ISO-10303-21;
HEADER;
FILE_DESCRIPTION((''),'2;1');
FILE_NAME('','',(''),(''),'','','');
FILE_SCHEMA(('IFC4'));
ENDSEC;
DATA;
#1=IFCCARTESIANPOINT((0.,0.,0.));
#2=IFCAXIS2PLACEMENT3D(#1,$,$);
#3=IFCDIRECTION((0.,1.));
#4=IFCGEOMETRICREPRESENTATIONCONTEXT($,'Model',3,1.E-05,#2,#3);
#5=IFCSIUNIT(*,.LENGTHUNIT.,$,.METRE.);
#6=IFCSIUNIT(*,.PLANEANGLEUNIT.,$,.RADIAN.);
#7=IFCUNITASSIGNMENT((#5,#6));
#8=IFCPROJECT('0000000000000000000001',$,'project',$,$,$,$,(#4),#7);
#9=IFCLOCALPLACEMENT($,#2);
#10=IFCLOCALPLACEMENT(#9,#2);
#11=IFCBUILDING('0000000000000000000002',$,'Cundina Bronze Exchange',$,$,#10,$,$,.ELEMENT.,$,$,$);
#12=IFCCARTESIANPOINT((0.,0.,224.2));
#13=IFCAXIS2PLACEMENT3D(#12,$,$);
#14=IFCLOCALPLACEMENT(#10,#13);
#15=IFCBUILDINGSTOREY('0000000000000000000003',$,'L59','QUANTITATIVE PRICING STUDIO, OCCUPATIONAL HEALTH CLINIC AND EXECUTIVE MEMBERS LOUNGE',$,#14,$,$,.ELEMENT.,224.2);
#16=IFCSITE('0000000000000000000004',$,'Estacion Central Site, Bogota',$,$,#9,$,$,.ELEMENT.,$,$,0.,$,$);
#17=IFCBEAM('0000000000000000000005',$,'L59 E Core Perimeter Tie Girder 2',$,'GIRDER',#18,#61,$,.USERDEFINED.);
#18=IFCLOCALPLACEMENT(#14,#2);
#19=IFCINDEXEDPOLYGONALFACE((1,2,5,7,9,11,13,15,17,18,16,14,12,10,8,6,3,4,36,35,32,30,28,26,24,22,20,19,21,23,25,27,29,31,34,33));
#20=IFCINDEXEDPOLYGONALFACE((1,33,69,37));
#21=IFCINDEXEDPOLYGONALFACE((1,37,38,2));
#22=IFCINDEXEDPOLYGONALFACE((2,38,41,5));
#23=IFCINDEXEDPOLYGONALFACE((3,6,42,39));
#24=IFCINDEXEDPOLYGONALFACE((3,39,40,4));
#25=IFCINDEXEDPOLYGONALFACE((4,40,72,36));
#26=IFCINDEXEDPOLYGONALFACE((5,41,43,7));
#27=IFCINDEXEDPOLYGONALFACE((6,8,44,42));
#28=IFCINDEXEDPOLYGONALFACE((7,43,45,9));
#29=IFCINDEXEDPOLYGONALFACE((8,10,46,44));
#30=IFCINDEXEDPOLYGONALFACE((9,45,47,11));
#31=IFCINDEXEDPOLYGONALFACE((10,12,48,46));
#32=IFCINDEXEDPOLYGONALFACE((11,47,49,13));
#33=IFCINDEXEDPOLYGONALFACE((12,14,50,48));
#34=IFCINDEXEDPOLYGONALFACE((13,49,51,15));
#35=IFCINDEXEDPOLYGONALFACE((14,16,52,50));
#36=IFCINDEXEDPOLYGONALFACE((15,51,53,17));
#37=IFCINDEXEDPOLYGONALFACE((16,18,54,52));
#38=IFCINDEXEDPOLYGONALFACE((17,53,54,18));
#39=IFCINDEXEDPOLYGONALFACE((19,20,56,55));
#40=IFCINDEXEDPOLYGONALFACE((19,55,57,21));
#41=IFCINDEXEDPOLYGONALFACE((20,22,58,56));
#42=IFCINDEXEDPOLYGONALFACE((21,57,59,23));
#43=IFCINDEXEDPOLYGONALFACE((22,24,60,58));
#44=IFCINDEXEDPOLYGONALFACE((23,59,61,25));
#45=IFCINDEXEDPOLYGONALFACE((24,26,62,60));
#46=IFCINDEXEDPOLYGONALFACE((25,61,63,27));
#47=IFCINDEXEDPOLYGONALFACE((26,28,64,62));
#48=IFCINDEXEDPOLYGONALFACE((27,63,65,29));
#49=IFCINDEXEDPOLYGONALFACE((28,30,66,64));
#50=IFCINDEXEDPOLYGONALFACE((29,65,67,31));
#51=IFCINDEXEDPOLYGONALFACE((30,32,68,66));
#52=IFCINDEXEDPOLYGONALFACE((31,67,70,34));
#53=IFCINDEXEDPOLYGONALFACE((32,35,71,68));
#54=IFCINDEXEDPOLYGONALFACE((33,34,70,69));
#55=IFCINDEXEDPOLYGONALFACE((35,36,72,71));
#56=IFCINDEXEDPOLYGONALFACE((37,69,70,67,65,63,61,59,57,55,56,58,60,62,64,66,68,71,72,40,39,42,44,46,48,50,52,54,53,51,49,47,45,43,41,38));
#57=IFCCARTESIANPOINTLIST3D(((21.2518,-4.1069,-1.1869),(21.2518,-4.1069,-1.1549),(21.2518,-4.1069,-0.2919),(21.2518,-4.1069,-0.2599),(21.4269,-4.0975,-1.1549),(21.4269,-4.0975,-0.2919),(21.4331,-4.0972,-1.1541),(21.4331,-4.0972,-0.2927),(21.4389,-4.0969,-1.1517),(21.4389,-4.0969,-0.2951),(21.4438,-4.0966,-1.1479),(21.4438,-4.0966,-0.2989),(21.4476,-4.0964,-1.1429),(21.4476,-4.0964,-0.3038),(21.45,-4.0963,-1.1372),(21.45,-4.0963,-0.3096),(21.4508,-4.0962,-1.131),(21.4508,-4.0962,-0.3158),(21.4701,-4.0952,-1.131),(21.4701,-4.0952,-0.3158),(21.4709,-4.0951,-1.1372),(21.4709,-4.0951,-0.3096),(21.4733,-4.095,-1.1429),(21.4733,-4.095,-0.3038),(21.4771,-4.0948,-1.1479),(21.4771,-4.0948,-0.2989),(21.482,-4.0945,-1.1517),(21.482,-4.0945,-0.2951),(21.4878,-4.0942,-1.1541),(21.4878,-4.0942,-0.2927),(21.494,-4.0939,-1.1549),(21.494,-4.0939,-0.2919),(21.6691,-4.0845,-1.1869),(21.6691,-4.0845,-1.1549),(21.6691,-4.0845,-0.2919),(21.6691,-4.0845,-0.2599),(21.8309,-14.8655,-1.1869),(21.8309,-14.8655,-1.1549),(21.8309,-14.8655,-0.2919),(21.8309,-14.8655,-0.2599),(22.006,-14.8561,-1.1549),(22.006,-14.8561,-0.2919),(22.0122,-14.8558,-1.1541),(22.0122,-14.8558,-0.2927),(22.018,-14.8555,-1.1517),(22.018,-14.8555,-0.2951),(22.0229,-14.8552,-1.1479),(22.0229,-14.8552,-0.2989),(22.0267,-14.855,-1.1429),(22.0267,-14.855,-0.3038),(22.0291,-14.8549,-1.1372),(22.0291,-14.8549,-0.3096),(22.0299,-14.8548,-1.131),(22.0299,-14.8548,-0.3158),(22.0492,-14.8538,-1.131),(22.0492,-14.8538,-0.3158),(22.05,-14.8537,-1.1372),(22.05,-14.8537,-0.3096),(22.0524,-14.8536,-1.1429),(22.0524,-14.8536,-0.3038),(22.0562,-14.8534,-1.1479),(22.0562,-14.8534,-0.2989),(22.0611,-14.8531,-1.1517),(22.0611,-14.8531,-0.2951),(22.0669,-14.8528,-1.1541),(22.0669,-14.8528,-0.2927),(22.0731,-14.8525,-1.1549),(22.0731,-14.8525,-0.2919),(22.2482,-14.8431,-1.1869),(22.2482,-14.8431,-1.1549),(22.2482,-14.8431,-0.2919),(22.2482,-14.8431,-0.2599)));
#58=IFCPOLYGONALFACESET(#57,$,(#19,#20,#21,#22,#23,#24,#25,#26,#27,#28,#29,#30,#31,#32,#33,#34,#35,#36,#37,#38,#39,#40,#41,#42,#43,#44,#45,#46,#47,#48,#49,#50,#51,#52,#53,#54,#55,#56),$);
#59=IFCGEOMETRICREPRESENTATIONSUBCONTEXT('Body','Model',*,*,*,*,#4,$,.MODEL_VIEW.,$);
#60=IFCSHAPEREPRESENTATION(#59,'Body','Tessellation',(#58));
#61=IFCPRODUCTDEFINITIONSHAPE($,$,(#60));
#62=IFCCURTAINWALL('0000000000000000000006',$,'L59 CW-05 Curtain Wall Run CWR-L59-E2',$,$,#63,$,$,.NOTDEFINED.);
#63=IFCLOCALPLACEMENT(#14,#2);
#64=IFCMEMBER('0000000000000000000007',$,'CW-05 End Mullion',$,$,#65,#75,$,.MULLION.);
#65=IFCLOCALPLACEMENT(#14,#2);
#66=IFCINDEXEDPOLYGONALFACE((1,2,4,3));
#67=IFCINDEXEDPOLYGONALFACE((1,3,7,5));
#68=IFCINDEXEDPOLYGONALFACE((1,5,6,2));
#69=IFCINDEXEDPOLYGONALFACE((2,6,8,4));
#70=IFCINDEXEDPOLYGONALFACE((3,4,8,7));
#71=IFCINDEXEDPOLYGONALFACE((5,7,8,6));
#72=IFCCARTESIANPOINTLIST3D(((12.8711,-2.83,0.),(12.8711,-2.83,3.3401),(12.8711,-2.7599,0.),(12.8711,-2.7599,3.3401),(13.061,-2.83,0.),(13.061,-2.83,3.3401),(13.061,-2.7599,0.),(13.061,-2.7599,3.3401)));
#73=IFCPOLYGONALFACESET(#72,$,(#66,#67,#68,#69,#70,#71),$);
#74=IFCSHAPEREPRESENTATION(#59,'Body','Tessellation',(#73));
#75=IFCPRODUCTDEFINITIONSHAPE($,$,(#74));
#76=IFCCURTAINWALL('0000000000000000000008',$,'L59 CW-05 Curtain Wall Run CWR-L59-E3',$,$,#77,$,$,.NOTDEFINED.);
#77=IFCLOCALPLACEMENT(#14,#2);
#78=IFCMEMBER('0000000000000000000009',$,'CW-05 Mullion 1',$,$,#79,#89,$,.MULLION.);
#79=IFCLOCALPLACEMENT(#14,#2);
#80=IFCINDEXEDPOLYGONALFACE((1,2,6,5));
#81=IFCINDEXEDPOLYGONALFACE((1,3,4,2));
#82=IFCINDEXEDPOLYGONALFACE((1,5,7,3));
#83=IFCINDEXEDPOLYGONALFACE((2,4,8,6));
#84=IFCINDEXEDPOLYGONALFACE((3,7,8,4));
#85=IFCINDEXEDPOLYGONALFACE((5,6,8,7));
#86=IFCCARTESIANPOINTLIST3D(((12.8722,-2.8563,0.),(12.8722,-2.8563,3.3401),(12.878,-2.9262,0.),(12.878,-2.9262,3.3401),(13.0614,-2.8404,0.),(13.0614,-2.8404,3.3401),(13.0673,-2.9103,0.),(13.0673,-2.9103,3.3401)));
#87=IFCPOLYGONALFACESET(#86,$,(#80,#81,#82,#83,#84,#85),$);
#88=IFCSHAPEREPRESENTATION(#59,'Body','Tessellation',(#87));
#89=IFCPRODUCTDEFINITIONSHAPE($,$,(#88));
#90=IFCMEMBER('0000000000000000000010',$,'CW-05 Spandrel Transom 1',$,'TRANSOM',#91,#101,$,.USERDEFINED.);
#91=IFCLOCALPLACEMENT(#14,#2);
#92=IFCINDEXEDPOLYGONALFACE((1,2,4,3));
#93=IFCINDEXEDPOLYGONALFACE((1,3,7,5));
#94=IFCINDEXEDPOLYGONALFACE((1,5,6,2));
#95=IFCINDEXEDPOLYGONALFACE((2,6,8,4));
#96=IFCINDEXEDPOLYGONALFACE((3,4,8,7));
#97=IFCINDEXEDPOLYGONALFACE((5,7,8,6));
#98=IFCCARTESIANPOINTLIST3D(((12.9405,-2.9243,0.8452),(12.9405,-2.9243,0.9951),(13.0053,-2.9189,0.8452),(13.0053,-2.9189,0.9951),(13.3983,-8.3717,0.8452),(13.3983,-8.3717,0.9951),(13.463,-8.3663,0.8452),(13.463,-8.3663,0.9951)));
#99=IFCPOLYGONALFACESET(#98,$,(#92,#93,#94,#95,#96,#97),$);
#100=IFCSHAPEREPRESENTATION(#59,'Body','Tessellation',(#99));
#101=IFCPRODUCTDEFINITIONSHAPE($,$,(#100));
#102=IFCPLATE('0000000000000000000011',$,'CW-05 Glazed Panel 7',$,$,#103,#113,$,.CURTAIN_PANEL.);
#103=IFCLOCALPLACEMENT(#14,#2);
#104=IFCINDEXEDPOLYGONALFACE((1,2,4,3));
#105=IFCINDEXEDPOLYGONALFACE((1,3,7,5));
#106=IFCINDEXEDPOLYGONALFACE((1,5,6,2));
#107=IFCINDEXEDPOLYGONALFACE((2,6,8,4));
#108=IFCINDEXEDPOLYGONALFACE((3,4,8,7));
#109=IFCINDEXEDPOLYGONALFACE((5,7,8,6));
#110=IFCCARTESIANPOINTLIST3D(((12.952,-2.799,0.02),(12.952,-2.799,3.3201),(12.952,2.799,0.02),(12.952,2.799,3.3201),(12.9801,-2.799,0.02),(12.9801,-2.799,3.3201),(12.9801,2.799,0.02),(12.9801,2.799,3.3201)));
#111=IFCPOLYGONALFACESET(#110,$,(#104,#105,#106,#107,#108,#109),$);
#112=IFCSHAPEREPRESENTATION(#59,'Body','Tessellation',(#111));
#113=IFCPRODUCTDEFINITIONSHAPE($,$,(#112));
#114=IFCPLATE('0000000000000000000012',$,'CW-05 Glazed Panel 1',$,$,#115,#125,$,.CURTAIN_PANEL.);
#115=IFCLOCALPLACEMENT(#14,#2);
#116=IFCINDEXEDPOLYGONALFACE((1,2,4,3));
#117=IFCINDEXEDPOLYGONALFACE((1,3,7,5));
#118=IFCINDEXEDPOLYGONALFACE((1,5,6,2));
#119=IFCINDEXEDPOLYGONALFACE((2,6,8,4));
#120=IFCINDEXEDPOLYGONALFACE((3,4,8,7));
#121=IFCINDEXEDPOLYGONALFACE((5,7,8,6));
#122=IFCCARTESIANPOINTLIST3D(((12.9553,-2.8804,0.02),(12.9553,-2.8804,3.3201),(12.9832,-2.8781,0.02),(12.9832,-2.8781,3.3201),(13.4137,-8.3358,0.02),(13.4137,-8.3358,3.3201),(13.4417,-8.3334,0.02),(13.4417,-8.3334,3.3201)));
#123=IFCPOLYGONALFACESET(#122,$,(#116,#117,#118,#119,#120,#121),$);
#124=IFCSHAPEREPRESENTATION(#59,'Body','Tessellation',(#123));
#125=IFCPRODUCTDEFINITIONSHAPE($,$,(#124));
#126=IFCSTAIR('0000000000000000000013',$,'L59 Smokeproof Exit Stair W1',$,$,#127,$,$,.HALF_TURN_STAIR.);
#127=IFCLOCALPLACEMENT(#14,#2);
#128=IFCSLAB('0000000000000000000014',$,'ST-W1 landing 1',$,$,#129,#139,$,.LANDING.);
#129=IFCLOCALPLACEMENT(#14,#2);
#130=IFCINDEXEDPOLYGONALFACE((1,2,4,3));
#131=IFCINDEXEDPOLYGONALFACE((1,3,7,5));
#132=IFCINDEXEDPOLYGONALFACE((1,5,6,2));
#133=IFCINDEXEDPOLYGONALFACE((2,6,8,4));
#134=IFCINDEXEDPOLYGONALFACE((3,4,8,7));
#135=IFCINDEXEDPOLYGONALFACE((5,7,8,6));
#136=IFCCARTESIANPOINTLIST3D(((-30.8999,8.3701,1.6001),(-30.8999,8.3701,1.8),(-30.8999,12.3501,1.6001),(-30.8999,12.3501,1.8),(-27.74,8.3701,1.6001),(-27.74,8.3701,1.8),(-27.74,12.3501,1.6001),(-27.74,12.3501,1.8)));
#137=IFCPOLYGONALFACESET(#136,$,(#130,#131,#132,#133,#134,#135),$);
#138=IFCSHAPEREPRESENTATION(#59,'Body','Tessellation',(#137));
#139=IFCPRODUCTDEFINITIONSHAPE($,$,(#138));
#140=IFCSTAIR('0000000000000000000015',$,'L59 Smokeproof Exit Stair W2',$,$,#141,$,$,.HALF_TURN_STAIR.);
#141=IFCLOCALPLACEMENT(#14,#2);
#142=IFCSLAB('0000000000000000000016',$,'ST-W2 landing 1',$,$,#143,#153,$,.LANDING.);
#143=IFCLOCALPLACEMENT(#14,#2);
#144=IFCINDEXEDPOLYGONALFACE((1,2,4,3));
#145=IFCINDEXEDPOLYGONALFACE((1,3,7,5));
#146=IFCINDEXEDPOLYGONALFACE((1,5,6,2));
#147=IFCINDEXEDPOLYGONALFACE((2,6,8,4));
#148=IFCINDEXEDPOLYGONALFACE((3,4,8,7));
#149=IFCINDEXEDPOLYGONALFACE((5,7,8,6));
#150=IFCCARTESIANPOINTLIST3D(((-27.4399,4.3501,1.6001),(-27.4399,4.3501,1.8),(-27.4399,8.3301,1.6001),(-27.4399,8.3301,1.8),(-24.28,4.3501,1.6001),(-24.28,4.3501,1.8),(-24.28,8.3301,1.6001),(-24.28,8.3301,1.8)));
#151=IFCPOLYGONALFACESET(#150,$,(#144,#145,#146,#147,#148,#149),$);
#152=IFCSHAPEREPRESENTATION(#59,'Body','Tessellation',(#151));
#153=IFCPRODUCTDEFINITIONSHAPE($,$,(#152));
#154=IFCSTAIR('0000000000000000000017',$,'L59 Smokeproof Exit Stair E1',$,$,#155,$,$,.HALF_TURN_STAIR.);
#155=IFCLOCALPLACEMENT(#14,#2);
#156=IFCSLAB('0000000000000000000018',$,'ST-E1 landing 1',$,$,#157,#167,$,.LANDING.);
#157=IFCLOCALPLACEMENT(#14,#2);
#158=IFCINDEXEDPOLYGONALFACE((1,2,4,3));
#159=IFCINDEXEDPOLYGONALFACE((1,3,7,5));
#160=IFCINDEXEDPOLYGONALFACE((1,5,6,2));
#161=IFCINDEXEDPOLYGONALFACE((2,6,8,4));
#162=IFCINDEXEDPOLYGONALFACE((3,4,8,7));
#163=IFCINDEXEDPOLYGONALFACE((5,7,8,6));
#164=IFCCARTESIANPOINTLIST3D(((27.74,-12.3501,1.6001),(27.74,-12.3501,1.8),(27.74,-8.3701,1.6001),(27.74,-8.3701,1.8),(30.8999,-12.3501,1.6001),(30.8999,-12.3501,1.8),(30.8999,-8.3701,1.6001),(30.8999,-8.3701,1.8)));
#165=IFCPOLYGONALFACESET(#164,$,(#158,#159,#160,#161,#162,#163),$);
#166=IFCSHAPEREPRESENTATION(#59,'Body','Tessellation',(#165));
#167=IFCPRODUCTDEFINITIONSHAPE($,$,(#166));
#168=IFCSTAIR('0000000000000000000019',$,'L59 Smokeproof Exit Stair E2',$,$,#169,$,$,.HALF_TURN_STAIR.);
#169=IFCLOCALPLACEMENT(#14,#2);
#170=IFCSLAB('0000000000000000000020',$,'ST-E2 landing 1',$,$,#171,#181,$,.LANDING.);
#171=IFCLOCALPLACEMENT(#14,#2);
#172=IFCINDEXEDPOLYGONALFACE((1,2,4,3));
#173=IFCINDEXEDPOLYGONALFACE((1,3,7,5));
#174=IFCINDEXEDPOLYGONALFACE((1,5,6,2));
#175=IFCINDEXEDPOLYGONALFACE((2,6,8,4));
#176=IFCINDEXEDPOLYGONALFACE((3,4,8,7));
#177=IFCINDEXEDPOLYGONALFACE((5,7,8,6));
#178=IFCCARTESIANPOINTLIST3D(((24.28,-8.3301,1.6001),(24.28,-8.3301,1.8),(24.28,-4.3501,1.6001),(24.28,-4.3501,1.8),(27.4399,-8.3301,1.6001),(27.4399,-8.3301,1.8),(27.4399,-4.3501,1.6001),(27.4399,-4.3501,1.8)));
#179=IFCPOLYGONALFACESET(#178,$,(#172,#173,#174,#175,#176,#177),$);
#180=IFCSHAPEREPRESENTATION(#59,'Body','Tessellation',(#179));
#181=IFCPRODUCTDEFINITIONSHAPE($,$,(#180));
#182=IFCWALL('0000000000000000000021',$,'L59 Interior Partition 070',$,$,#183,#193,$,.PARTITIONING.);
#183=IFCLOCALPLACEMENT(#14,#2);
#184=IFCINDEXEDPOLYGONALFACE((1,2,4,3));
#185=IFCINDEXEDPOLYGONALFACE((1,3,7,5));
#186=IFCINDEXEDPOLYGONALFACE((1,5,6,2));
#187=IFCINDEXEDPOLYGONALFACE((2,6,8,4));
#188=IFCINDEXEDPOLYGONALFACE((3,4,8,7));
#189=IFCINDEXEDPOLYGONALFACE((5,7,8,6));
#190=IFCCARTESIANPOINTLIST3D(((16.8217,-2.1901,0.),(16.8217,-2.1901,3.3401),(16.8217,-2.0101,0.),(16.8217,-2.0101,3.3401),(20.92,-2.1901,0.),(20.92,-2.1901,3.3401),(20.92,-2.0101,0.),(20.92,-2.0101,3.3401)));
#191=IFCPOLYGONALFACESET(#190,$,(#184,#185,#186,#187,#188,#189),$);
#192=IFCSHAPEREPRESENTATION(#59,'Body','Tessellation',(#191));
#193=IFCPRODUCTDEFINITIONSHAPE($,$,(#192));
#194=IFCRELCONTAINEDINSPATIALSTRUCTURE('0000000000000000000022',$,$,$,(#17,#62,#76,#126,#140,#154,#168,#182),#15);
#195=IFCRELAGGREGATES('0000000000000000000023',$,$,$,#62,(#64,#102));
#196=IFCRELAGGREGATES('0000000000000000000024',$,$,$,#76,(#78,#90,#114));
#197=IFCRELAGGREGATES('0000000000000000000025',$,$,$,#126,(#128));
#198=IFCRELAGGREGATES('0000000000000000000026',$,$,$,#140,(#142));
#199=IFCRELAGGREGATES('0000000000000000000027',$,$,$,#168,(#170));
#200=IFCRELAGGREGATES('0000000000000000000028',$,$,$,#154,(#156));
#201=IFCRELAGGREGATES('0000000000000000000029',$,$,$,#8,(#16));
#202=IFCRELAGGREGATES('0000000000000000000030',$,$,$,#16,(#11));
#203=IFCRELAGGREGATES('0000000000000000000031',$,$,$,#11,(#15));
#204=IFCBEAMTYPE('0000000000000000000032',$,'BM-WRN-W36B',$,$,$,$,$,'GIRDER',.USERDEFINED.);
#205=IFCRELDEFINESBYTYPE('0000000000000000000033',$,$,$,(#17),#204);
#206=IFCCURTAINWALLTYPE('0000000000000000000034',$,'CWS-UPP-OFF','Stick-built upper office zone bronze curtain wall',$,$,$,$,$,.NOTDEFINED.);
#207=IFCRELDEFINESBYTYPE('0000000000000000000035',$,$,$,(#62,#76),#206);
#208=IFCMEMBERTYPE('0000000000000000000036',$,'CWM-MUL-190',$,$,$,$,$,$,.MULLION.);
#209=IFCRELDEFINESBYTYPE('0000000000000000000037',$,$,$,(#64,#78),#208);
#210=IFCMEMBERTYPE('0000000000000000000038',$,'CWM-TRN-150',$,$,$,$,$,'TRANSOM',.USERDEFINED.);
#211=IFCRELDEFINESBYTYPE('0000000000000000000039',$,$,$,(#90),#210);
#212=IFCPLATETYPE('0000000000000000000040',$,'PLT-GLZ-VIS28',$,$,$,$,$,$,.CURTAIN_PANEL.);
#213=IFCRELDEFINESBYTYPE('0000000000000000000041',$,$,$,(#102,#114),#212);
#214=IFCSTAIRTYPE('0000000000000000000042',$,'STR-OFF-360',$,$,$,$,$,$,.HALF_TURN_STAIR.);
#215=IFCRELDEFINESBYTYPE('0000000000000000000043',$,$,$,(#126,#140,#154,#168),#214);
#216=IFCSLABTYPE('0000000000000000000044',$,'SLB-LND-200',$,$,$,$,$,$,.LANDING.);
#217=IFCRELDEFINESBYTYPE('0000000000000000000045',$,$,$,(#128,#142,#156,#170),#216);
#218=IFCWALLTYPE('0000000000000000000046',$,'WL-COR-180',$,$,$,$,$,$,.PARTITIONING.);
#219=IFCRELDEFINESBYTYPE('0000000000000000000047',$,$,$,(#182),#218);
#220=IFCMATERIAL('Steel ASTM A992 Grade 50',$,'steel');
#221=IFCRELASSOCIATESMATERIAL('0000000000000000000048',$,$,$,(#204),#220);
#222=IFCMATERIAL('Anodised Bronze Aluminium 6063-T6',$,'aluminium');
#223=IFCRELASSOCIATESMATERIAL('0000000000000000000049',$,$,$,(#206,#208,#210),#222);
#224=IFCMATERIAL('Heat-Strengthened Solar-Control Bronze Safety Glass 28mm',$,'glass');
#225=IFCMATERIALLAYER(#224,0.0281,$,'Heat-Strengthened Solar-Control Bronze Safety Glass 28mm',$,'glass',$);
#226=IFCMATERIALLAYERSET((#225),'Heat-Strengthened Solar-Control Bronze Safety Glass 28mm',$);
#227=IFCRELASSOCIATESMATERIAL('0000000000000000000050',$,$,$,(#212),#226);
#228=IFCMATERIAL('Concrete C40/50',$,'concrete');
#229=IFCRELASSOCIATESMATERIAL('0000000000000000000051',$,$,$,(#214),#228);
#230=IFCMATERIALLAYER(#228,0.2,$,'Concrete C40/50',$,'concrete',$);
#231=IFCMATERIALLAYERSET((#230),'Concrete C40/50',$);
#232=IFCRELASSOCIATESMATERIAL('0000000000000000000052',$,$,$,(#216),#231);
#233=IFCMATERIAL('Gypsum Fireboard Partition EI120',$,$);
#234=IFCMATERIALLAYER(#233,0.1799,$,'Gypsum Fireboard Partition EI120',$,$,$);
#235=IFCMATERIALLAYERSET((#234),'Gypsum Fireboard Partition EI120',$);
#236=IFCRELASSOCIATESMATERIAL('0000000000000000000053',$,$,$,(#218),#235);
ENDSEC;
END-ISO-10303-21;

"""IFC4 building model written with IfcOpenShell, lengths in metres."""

from ifc_helpers import new_model, si_unit, direction, frame, frame_2d, origin, origin_2d, place, context, subcontext, project, spatial, polyline, rectangle, i_section, outline, extrude, material, layer, layer_set, material_profile, profile_set, type_object, element, aggregate, save


model = new_model("IFC4")

# Units and contexts
model_context = context("Model", 3, precision=1e-05, world=origin(), true_north=direction((0.0, 1.0)))
body_context = subcontext(model_context, "Body", "Model", "MODEL_VIEW")
ifc_project = project(units=[si_unit("LENGTHUNIT", "METRE"), si_unit("PLANEANGLEUNIT", "RADIAN")], contexts=[model_context])

# Site, building, storey
site_placement = place(None, origin())
site = spatial("IfcSite", under=ifc_project, at=site_placement, Name="Estacion Central Site, Bogota", CompositionType="ELEMENT", RefElevation=0.0)
building_placement = place(site_placement, origin())
building = spatial("IfcBuilding", under=site, at=building_placement, Name="Cundina Bronze Exchange", CompositionType="ELEMENT")
storey_placement = place(building_placement, frame((0.0, 0.0, 224.2)))
storey = spatial("IfcBuildingStorey", under=building, at=storey_placement, Name="L59", Description="QUANTITATIVE PRICING STUDIO, OCCUPATIONAL HEALTH CLINIC AND EXECUTIVE MEMBERS LOUNGE", CompositionType="ELEMENT", Elevation=224.2)

# Shared definitions
ifc_material_1 = material(Name="Steel ASTM A992 Grade 50", Category="steel")

# Beam
ifc_material_profile_1 = material_profile(ifc_material_1, i_section(OverallWidth=0.418, OverallDepth=0.927, WebThickness=0.0193, FlangeThickness=0.032, FilletRadius=0.0239, at=origin_2d()), Name="W36X231", Category="steel")
ifc_profile_set_1 = profile_set([ifc_material_profile_1], Name="Steel ASTM A992 Grade 50")
beam_type_1 = type_object("IfcBeamType", Name="BM-WRN-W36B", ElementType="GIRDER", PredefinedType="USERDEFINED", material=ifc_profile_set_1)
beam_1_placement = place(storey_placement, frame((21.4604, -4.0957, -0.7234), z_axis=(0.053749, -0.998554, 0.0), x_axis=(0.998554, 0.053749, 0.0)))
element("IfcBeam", 1, at=beam_1_placement, inside=storey, type_object=beam_type_1, Name="L59 E Core Perimeter Tie Girder 2", ObjectType="GIRDER", PredefinedType="USERDEFINED", context=body_context, shape_type="SweptSolid", body=[
    extrude(i_section(OverallWidth=0.418, OverallDepth=0.927, WebThickness=0.0193, FlangeThickness=0.032, FilletRadius=0.0239, at=origin_2d()), origin(), (0.0, 0.0, 1.0), 10.7742),
])

# Curtain wall, member
ifc_material_2 = material(Name="Anodised Bronze Aluminium 6063-T6", Category="aluminium")
curtain_wall_type = type_object("IfcCurtainWallType", Name="CWS-UPP-OFF", Description="Stick-built upper office zone bronze curtain wall", PredefinedType="NOTDEFINED", material=ifc_material_2)
curtain_wall_1_placement = place(storey_placement, origin())
curtain_wall_1 = element("IfcCurtainWall", 2, at=curtain_wall_1_placement, inside=storey, type_object=curtain_wall_type, Name="L59 CW-05 Curtain Wall Run CWR-L59-E2", PredefinedType="NOTDEFINED")
ifc_material_profile_2 = material_profile(ifc_material_2, rectangle(XDim=0.0701, YDim=0.1899, at=origin_2d()), Name="AL70X190", Category="aluminium")
ifc_profile_set_2 = profile_set([ifc_material_profile_2], Name="Anodised Bronze Aluminium 6063-T6")
member_type_1 = type_object("IfcMemberType", Name="CWM-MUL-190", PredefinedType="MULLION", material=ifc_profile_set_2)
member_1_placement = place(storey_placement, frame((12.9661, -2.7949, 0.0), z_axis=(0.0, 0.0, 1.0), x_axis=(0.0, -1.0, 0.0)))
member_1 = element("IfcMember", 3, at=member_1_placement, type_object=member_type_1, Name="CW-05 End Mullion", PredefinedType="MULLION", context=body_context, shape_type="SweptSolid", body=[
    extrude(rectangle(XDim=0.0701, YDim=0.1899, at=origin_2d()), origin(), (0.0, 0.0, 1.0), 3.3401),
])

# Curtain wall, members
curtain_wall_2_placement = place(storey_placement, origin())
curtain_wall_2 = element("IfcCurtainWall", 4, at=curtain_wall_2_placement, inside=storey, type_object=curtain_wall_type, Name="L59 CW-05 Curtain Wall Run CWR-L59-E3", PredefinedType="NOTDEFINED")
member_2_placement = place(storey_placement, frame((12.9697, -2.8833, 0.0), z_axis=(0.0, 0.0, 1.0), x_axis=(0.083678, -0.996493, 0.0)))
member_2 = element("IfcMember", 5, at=member_2_placement, type_object=member_type_1, Name="CW-05 Mullion 1", PredefinedType="MULLION", context=body_context, shape_type="SweptSolid", body=[
    extrude(rectangle(XDim=0.0701, YDim=0.1899, at=origin_2d()), origin(), (0.0, 0.0, 1.0), 3.3401),
])
ifc_material_profile_3 = material_profile(ifc_material_2, rectangle(XDim=0.0649, YDim=0.1499, at=origin_2d()), Name="AL65X150", Category="aluminium")
ifc_profile_set_3 = profile_set([ifc_material_profile_3], Name="Anodised Bronze Aluminium 6063-T6")
member_type_2 = type_object("IfcMemberType", Name="CWM-TRN-150", ElementType="TRANSOM", PredefinedType="USERDEFINED", material=ifc_profile_set_3)
member_3_placement = place(storey_placement, frame((12.9729, -2.9216, 0.9202), z_axis=(0.08374, -0.996488, 0.0), x_axis=(0.996488, 0.08374, 0.0)))
member_3 = element("IfcMember", 6, at=member_3_placement, type_object=member_type_2, Name="CW-05 Spandrel Transom 1", ObjectType="TRANSOM", PredefinedType="USERDEFINED", context=body_context, shape_type="SweptSolid", body=[
    extrude(rectangle(XDim=0.0649, YDim=0.1499, at=origin_2d()), origin(), (0.0, 0.0, 1.0), 5.4666),
])

# Plates
ifc_material_3 = material(Name="Heat-Strengthened Solar-Control Bronze Safety Glass 28mm", Category="glass")
ifc_layer_1 = layer(ifc_material_3, 0.0281, Name="Heat-Strengthened Solar-Control Bronze Safety Glass 28mm", Category="glass")
ifc_layer_set_1 = layer_set([ifc_layer_1], Name="Heat-Strengthened Solar-Control Bronze Safety Glass 28mm")
plate_type = type_object("IfcPlateType", Name="PLT-GLZ-VIS28", PredefinedType="CURTAIN_PANEL", material=ifc_layer_set_1)
plate_1_placement = place(storey_placement, frame((12.9661, 0.0, 0.02), z_axis=(0.0, 0.0, 1.0), x_axis=(0.0, -1.0, 0.0)))
plate_1 = element("IfcPlate", 7, at=plate_1_placement, type_object=plate_type, Name="CW-05 Glazed Panel 7", PredefinedType="CURTAIN_PANEL", context=body_context, shape_type="SweptSolid", body=[
    extrude(rectangle(XDim=5.5979, YDim=0.0281, at=origin_2d()), origin(), (0.0, 0.0, 1.0), 3.3),
])
aggregate(curtain_wall_1, [member_1, plate_1])
plate_2_placement = place(storey_placement, frame((13.1985, -5.6069, 0.02), z_axis=(0.0, 0.0, 1.0), x_axis=(0.083747, -0.996487, 0.0)))
plate_2 = element("IfcPlate", 8, at=plate_2_placement, type_object=plate_type, Name="CW-05 Glazed Panel 1", PredefinedType="CURTAIN_PANEL", context=body_context, shape_type="SweptSolid", body=[
    extrude(rectangle(XDim=5.4746, YDim=0.0281, at=origin_2d()), origin(), (0.0, 0.0, 1.0), 3.3),
])
aggregate(curtain_wall_2, [member_2, member_3, plate_2])

# Stairs, slabs
ifc_material_4 = material(Name="Concrete C40/50", Category="concrete")
stair_type = type_object("IfcStairType", Name="STR-OFF-360", PredefinedType="HALF_TURN_STAIR", material=ifc_material_4)
stair_1_placement = place(storey_placement, origin())
stair_1 = element("IfcStair", 9, at=stair_1_placement, inside=storey, type_object=stair_type, Name="L59 Smokeproof Exit Stair W1", PredefinedType="HALF_TURN_STAIR")
ifc_layer_2 = layer(ifc_material_4, 0.2, Name="Concrete C40/50", Category="concrete")
ifc_layer_set_2 = layer_set([ifc_layer_2], Name="Concrete C40/50")
slab_type = type_object("IfcSlabType", Name="SLB-LND-200", PredefinedType="LANDING", material=ifc_layer_set_2)
slab_1_placement = place(storey_placement, frame((0.0, 0.0, 1.6001)))
slab_1 = element("IfcSlab", 10, at=slab_1_placement, type_object=slab_type, Name="ST-W1 landing 1", PredefinedType="LANDING", context=body_context, shape_type="SweptSolid", body=[
    extrude(outline(polyline([(-27.74, 8.3701), (-27.74, 12.3501), (-30.8999, 12.3501), (-30.8999, 8.3701), (-27.74, 8.3701)])), origin(), (0.0, 0.0, 1.0), 0.2),
])
aggregate(stair_1, [slab_1])
stair_2_placement = place(storey_placement, origin())
stair_2 = element("IfcStair", 11, at=stair_2_placement, inside=storey, type_object=stair_type, Name="L59 Smokeproof Exit Stair W2", PredefinedType="HALF_TURN_STAIR")
slab_2_placement = place(storey_placement, frame((0.0, 0.0, 1.6001)))
slab_2 = element("IfcSlab", 12, at=slab_2_placement, type_object=slab_type, Name="ST-W2 landing 1", PredefinedType="LANDING", context=body_context, shape_type="SweptSolid", body=[
    extrude(outline(polyline([(-27.4399, 8.3301), (-27.4399, 4.3501), (-24.28, 4.3501), (-24.28, 8.3301), (-27.4399, 8.3301)])), origin(), (0.0, 0.0, 1.0), 0.2),
])
aggregate(stair_2, [slab_2])
stair_3_placement = place(storey_placement, origin())
stair_3 = element("IfcStair", 13, at=stair_3_placement, inside=storey, type_object=stair_type, Name="L59 Smokeproof Exit Stair E1", PredefinedType="HALF_TURN_STAIR")
slab_3_placement = place(storey_placement, frame((0.0, 0.0, 1.6001)))
slab_3 = element("IfcSlab", 14, at=slab_3_placement, type_object=slab_type, Name="ST-E1 landing 1", PredefinedType="LANDING", context=body_context, shape_type="SweptSolid", body=[
    extrude(outline(polyline([(27.74, -8.3701), (27.74, -12.3501), (30.8999, -12.3501), (30.8999, -8.3701), (27.74, -8.3701)])), origin(), (0.0, 0.0, 1.0), 0.2),
])
stair_4_placement = place(storey_placement, origin())
stair_4 = element("IfcStair", 15, at=stair_4_placement, inside=storey, type_object=stair_type, Name="L59 Smokeproof Exit Stair E2", PredefinedType="HALF_TURN_STAIR")
slab_4_placement = place(storey_placement, frame((0.0, 0.0, 1.6001)))
slab_4 = element("IfcSlab", 16, at=slab_4_placement, type_object=slab_type, Name="ST-E2 landing 1", PredefinedType="LANDING", context=body_context, shape_type="SweptSolid", body=[
    extrude(outline(polyline([(27.4399, -8.3301), (27.4399, -4.3501), (24.28, -4.3501), (24.28, -8.3301), (27.4399, -8.3301)])), origin(), (0.0, 0.0, 1.0), 0.2),
])
aggregate(stair_4, [slab_4])

# Shared definitions
ifc_material_5 = material(Name="Gypsum Fireboard Partition EI120")
ifc_layer_3 = layer(ifc_material_5, 0.1799, Name="Gypsum Fireboard Partition EI120")
ifc_layer_set_3 = layer_set([ifc_layer_3], Name="Gypsum Fireboard Partition EI120")
wall_type_1 = type_object("IfcWallType", Name="WL-COR-180", PredefinedType="PARTITIONING", material=ifc_layer_set_3)

# Wall
wall_1_placement = place(storey_placement, frame((16.8215, -2.1001, 0.0), z_axis=(0.0, 0.0, 1.0), x_axis=(1.0, 0.0, 0.0)))
element("IfcWall", 17, at=wall_1_placement, inside=storey, type_object=wall_type_1, Name="L59 Interior Partition 070", PredefinedType="PARTITIONING", context=body_context, shape_type="SweptSolid", body=[
    extrude(rectangle(XDim=4.0984, YDim=0.1799, at=frame_2d((2.0493, 0.0))), origin(), (0.0, 0.0, 1.0), 3.3401),
])

aggregate(stair_3, [slab_3])

save(model, "model.ifc")
